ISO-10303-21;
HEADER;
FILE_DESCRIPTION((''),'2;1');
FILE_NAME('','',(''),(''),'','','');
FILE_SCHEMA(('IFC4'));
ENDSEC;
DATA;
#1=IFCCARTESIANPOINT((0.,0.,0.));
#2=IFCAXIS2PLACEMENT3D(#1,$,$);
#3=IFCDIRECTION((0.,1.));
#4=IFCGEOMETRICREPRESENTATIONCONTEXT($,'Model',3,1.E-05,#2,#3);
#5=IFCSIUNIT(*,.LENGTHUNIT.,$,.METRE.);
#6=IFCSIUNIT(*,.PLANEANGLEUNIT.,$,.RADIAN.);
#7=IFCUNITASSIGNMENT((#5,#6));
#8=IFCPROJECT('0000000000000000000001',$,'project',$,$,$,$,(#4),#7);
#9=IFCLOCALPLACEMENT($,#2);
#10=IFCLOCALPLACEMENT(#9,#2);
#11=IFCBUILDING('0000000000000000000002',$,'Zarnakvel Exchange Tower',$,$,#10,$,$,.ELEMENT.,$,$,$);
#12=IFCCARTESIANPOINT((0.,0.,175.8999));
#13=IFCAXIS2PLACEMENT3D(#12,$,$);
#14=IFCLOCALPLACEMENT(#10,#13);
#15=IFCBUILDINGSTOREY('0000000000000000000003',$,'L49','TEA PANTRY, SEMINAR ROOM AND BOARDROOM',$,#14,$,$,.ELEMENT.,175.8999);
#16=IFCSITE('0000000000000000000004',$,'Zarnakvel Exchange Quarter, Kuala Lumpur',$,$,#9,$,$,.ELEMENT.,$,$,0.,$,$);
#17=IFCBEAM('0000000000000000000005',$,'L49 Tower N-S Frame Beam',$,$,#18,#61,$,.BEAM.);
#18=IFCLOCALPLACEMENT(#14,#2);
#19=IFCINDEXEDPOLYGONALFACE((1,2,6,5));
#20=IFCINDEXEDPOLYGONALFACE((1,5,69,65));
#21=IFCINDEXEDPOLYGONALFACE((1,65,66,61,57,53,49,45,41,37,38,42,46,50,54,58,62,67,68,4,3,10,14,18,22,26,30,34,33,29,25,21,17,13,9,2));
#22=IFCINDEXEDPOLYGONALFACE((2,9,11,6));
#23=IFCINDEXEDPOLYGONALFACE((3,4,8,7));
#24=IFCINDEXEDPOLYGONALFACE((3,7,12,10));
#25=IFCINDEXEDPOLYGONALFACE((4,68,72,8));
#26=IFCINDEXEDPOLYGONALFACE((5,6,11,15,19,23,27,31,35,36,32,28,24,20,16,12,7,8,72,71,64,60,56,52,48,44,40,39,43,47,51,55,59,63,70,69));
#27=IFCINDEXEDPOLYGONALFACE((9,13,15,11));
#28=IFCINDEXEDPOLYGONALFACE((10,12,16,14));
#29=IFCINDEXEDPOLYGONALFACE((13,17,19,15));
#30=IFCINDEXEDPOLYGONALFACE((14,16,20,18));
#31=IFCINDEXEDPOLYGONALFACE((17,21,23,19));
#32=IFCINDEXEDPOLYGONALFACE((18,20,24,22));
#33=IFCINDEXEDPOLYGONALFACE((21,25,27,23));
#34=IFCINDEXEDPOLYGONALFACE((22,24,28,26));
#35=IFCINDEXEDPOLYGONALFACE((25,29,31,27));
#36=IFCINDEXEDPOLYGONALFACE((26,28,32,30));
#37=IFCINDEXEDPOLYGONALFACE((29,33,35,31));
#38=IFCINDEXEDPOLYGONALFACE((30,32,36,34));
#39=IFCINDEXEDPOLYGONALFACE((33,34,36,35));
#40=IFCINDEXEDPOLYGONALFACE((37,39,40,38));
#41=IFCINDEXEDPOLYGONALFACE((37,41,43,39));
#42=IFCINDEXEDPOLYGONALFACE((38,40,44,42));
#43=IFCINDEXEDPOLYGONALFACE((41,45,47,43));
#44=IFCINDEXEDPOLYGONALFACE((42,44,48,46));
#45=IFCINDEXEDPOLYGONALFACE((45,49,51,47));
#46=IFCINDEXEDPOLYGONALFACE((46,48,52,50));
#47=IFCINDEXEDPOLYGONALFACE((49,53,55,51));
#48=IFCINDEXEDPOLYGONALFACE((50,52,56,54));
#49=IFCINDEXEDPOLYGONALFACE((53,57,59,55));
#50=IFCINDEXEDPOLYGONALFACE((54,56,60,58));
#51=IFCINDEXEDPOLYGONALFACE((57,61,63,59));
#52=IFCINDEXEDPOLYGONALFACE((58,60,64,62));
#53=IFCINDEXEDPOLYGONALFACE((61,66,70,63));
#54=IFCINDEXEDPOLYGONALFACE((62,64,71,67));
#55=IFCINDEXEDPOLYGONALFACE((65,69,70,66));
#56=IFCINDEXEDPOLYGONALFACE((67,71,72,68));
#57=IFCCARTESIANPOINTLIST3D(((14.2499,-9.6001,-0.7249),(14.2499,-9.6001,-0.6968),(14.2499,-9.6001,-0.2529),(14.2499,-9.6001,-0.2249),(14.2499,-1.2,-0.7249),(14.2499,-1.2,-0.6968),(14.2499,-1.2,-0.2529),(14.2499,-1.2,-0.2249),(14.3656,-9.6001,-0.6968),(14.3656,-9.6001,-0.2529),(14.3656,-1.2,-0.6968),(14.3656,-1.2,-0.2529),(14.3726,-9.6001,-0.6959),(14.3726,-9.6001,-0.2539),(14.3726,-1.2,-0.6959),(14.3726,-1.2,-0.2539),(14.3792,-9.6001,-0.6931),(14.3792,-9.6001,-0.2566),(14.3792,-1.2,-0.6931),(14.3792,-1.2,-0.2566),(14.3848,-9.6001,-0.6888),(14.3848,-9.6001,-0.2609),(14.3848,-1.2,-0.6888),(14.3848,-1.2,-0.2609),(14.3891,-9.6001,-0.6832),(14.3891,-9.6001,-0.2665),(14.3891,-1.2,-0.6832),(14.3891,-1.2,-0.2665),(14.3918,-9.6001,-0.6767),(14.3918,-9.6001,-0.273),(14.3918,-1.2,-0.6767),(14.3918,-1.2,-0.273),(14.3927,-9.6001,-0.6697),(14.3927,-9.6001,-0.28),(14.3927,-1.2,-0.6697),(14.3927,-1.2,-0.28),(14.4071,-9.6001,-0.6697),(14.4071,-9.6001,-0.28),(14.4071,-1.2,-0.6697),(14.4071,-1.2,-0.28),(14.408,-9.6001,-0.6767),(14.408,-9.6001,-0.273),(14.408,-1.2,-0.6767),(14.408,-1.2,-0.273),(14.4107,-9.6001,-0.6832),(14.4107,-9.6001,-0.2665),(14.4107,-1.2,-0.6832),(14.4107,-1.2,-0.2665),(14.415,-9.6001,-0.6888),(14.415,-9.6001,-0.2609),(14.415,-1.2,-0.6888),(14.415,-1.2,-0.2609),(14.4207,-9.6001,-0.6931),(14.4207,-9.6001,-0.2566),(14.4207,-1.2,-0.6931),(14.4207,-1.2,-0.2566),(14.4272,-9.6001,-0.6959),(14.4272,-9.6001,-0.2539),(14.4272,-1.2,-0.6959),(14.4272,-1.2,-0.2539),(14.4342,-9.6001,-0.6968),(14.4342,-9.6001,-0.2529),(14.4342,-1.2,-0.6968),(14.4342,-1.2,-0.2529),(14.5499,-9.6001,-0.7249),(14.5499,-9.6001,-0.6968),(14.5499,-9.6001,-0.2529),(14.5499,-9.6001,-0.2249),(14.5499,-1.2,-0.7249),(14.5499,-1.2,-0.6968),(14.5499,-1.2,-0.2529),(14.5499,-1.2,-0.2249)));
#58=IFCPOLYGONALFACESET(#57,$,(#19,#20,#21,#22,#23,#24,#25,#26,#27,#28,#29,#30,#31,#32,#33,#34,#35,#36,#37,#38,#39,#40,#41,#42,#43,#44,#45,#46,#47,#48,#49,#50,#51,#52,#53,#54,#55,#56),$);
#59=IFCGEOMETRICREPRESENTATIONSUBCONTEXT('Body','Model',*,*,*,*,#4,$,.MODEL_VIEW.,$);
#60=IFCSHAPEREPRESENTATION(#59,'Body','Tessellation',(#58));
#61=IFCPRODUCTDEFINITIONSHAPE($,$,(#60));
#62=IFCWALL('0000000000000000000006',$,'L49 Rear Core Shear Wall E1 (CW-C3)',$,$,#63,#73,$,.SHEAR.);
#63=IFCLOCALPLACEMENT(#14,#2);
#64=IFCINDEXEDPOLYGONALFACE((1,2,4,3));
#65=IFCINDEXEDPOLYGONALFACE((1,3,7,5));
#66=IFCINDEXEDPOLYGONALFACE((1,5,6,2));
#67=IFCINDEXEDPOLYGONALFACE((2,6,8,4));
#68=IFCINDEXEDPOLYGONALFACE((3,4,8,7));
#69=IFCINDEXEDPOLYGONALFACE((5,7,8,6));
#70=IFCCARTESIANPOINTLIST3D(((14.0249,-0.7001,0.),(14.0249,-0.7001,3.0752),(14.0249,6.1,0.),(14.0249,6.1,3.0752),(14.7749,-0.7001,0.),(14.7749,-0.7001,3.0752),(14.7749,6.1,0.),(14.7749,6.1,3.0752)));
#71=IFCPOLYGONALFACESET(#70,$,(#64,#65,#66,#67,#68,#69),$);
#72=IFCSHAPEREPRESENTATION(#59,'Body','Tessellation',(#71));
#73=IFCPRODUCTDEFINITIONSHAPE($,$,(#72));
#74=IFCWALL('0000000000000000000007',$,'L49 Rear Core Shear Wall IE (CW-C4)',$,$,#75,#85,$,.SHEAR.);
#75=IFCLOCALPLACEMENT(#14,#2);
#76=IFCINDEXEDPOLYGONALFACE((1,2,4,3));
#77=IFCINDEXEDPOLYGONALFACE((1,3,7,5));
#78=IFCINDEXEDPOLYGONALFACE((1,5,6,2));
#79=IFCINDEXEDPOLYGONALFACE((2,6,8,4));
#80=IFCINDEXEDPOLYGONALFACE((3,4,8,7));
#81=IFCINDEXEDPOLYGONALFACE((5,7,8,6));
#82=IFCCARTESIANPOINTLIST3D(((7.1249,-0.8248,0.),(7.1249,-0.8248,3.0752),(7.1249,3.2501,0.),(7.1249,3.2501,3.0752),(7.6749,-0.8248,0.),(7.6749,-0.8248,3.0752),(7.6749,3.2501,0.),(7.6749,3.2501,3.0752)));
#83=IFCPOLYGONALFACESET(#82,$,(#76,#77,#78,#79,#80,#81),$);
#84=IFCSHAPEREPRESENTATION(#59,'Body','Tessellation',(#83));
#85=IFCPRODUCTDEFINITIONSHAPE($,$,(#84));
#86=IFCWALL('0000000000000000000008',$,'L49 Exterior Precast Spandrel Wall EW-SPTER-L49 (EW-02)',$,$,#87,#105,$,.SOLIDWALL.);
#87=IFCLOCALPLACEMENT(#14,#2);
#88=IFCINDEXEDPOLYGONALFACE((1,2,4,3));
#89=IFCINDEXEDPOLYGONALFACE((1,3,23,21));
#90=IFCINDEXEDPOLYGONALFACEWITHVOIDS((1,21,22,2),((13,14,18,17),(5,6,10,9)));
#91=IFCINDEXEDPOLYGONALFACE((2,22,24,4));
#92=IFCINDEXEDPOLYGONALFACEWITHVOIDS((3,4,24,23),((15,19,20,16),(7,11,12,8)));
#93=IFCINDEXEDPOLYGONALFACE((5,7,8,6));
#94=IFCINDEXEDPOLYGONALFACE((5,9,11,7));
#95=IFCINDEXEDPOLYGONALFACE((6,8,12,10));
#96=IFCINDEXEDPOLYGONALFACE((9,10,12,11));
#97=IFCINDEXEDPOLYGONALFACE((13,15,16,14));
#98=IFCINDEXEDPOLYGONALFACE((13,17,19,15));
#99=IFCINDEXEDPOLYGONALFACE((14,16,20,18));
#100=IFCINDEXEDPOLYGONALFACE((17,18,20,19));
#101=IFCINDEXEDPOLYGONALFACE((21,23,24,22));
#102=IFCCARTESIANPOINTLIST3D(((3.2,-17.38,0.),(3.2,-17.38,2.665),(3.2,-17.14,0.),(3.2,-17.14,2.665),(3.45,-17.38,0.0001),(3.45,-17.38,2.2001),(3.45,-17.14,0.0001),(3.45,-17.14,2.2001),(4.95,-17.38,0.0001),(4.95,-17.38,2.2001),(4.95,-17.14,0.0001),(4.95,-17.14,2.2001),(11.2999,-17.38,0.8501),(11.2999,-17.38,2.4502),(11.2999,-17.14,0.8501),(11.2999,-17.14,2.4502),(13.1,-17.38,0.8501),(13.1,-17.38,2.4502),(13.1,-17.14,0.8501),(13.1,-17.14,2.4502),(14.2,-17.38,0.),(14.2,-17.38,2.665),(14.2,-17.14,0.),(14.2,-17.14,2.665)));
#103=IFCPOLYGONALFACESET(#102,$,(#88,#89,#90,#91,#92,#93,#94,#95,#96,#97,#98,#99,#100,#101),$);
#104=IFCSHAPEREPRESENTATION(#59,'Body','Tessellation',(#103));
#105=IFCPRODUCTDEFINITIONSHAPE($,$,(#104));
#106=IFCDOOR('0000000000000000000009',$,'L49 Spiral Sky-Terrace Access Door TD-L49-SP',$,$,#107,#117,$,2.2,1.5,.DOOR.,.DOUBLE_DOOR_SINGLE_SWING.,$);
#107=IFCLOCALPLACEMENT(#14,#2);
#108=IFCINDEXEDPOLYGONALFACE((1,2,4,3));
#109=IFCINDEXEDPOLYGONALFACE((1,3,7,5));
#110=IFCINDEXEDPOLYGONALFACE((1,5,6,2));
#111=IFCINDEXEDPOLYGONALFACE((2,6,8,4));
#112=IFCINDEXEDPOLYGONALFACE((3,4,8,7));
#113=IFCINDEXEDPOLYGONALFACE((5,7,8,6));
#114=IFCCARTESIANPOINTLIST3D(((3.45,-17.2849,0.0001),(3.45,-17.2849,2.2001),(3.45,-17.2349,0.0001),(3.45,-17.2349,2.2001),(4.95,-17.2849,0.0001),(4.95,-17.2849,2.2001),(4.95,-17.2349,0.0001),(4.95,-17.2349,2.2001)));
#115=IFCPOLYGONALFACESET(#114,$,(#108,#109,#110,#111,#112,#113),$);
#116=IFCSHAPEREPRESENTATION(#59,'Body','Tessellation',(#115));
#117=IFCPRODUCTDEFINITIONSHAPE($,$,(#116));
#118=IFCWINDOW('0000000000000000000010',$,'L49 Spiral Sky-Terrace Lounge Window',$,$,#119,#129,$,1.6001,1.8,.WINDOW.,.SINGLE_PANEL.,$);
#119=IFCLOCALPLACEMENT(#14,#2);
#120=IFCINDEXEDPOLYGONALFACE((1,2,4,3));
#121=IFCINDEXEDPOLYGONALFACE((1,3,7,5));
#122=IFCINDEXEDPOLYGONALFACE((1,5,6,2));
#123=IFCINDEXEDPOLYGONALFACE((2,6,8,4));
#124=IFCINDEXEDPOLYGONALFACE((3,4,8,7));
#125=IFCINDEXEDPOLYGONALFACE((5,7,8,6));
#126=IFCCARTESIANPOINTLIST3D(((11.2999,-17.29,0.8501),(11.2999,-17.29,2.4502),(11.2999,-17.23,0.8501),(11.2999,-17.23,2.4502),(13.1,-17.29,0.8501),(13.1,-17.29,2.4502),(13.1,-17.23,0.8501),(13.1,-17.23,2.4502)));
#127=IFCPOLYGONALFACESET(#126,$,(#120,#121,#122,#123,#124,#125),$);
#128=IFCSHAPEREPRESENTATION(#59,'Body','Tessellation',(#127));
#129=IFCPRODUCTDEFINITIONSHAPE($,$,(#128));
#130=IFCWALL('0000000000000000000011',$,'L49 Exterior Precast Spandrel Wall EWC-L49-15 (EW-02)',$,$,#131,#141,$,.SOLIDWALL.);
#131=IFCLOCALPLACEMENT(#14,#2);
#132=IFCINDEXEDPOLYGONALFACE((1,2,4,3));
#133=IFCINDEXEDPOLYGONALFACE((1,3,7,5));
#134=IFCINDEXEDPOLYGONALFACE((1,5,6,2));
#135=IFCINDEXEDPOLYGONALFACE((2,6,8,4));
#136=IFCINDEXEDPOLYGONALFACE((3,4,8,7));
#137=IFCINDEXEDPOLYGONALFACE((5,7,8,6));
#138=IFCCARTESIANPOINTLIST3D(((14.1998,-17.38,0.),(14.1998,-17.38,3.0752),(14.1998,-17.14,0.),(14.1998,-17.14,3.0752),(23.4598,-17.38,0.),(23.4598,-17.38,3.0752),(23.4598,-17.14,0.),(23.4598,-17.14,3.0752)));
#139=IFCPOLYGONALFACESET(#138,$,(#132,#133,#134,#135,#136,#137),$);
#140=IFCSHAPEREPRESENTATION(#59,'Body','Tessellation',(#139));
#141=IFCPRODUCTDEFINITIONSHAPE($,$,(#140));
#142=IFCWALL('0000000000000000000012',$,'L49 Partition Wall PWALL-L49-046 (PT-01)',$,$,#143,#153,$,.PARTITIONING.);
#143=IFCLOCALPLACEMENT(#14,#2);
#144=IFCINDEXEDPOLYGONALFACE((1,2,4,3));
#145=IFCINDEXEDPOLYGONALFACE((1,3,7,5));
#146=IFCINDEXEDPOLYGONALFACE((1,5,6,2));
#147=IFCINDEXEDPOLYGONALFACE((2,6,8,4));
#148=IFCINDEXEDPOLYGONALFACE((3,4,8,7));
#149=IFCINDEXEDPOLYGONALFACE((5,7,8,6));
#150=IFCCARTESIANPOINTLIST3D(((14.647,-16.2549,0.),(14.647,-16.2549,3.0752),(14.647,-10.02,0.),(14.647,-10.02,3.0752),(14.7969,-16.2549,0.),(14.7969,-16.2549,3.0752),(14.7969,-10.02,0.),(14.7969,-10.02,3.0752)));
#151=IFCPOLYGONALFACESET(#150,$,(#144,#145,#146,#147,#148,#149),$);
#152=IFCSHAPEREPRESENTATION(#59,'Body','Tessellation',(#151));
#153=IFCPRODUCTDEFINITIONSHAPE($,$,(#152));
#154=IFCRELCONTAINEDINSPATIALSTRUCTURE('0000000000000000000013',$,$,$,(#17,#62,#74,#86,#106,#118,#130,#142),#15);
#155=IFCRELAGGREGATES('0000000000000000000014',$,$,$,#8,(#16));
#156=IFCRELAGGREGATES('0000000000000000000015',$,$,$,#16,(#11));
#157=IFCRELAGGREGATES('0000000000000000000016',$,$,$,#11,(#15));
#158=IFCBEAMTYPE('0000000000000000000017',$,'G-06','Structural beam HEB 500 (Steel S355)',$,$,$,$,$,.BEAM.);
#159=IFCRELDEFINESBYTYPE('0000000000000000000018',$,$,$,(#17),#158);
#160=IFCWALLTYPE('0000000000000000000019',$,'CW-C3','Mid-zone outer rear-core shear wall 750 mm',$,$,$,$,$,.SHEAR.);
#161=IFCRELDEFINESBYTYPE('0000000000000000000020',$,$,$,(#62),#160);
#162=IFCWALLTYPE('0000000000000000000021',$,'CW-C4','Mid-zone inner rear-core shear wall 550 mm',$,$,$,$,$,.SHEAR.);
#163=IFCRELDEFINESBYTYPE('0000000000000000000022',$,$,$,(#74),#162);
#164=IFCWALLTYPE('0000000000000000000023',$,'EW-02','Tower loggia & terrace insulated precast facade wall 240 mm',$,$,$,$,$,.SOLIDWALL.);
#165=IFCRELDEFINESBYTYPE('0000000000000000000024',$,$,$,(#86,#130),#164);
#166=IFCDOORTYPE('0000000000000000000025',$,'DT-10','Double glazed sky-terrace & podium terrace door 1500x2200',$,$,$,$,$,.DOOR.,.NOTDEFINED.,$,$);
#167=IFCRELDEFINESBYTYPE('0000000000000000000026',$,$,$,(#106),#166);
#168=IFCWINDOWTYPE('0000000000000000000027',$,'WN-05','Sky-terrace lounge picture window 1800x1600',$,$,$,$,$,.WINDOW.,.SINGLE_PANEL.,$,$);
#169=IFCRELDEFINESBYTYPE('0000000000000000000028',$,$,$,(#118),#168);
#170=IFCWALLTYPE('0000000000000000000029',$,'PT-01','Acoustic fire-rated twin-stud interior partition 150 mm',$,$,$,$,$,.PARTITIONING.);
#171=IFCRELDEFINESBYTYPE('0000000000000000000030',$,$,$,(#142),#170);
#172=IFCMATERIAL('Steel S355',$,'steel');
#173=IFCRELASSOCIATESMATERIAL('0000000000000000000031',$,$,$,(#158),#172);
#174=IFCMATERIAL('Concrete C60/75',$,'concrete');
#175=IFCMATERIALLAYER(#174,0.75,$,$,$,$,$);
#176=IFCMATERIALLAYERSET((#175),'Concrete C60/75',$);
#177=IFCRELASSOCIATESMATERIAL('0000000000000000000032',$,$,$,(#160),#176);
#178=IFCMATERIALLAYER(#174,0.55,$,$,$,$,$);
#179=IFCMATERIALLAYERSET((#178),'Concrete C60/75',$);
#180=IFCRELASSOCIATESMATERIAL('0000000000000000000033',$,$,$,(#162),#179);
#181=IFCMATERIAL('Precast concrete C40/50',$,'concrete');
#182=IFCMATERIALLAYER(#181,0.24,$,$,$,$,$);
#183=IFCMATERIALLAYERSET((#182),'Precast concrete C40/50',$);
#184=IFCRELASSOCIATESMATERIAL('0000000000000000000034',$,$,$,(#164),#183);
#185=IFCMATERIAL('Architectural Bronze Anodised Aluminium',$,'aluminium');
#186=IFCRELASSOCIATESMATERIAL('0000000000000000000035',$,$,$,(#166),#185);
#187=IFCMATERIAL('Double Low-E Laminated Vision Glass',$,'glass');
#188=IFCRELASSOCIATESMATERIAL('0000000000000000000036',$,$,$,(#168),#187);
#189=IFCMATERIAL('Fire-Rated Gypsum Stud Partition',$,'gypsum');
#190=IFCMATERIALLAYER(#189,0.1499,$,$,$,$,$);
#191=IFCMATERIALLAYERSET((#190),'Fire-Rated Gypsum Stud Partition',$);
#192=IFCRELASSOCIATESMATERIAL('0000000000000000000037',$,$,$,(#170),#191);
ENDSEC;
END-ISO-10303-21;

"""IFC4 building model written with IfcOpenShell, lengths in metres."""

from ifc_helpers import new_model, si_unit, direction, frame, frame_2d, origin, origin_2d, place, context, subcontext, project, spatial, rectangle, i_section, extrude, source, transform, mapped, material, layer, layer_set, material_profile, profile_set, type_object, element, fill, save


model = new_model("IFC4")

# Units and contexts
model_context = context("Model", 3, precision=1e-05, world=origin(), true_north=direction((0.0, 1.0)))
body_context = subcontext(model_context, "Body", "Model", "MODEL_VIEW")
ifc_project = project(units=[si_unit("LENGTHUNIT", "METRE"), si_unit("PLANEANGLEUNIT", "RADIAN")], contexts=[model_context])

# Site, building, storey
site_placement = place(None, origin())
site = spatial("IfcSite", under=ifc_project, at=site_placement, Name="Zarnakvel Exchange Quarter, Kuala Lumpur", CompositionType="ELEMENT", RefElevation=0.0)
building_placement = place(site_placement, origin())
building = spatial("IfcBuilding", under=site, at=building_placement, Name="Zarnakvel Exchange Tower", CompositionType="ELEMENT")
storey_placement = place(building_placement, frame((0.0, 0.0, 175.8999)))
storey = spatial("IfcBuildingStorey", under=building, at=storey_placement, Name="L49", Description="TEA PANTRY, SEMINAR ROOM AND BOARDROOM", CompositionType="ELEMENT", Elevation=175.8999)

# Shared definitions
ifc_material_1 = material(Name="Concrete C60/75", Category="concrete")

# Beam
ifc_material_2 = material(Name="Steel S355", Category="steel")
ifc_material_profile_1 = material_profile(ifc_material_2, i_section(OverallWidth=0.3, OverallDepth=0.5, WebThickness=0.0144, FlangeThickness=0.0281, FilletRadius=0.0271, at=origin_2d()))
ifc_profile_set_1 = profile_set([ifc_material_profile_1], Name="Steel S355")
beam_type_1 = type_object("IfcBeamType", Name="G-06", Description="Structural beam HEB 500 (Steel S355)", PredefinedType="BEAM", material=ifc_profile_set_1)
beam_1_placement = place(storey_placement, frame((14.3999, -9.6001, -0.4749), z_axis=(0.0, 1.0, 0.0), x_axis=(-1.0, 0.0, 0.0)))
element("IfcBeam", 1, at=beam_1_placement, inside=storey, type_object=beam_type_1, Name="L49 Tower N-S Frame Beam", PredefinedType="BEAM", context=body_context, shape_type="SweptSolid", body=[
    extrude(i_section(OverallWidth=0.3, OverallDepth=0.5, WebThickness=0.0144, FlangeThickness=0.0281, FilletRadius=0.0271, at=origin_2d()), origin(), (0.0, 0.0, 1.0), 8.4001),
])

# Wall
ifc_layer_1 = layer(ifc_material_1, 0.75)
ifc_layer_set_1 = layer_set([ifc_layer_1], Name="Concrete C60/75")
wall_type_1 = type_object("IfcWallType", Name="CW-C3", Description="Mid-zone outer rear-core shear wall 750 mm", PredefinedType="SHEAR", material=ifc_layer_set_1)
wall_1_placement = place(storey_placement, frame((14.3999, -0.7, 0.0), z_axis=(0.0, 0.0, 1.0), x_axis=(0.0, 1.0, 0.0)))
element("IfcWall", 2, at=wall_1_placement, inside=storey, type_object=wall_type_1, Name="L49 Rear Core Shear Wall E1 (CW-C3)", PredefinedType="SHEAR", context=body_context, shape_type="SweptSolid", body=[
    extrude(rectangle(XDim=6.8, YDim=0.75, at=frame_2d((3.3999, 0.0))), origin(), (0.0, 0.0, 1.0), 3.0752),
])

# Wall
ifc_layer_2 = layer(ifc_material_1, 0.55)
ifc_layer_set_2 = layer_set([ifc_layer_2], Name="Concrete C60/75")
wall_type_2 = type_object("IfcWallType", Name="CW-C4", Description="Mid-zone inner rear-core shear wall 550 mm", PredefinedType="SHEAR", material=ifc_layer_set_2)
wall_2_placement = place(storey_placement, frame((7.3999, -0.825, 0.0), z_axis=(0.0, 0.0, 1.0), x_axis=(0.0, 1.0, 0.0)))
element("IfcWall", 3, at=wall_2_placement, inside=storey, type_object=wall_type_2, Name="L49 Rear Core Shear Wall IE (CW-C4)", PredefinedType="SHEAR", context=body_context, shape_type="SweptSolid", body=[
    extrude(rectangle(XDim=4.075, YDim=0.55, at=frame_2d((2.0376, 0.0))), origin(), (0.0, 0.0, 1.0), 3.0752),
])

# Wall, openings, door, window
ifc_material_3 = material(Name="Precast concrete C40/50", Category="concrete")
ifc_layer_3 = layer(ifc_material_3, 0.24)
ifc_layer_set_3 = layer_set([ifc_layer_3], Name="Precast concrete C40/50")
wall_type_3 = type_object("IfcWallType", Name="EW-02", Description="Tower loggia & terrace insulated precast facade wall 240 mm", PredefinedType="SOLIDWALL", material=ifc_layer_set_3)
wall_3_placement = place(storey_placement, frame((14.2, -17.26, 0.0), z_axis=(0.0, 0.0, 1.0), x_axis=(-1.0, 0.0, 0.0)))
wall_3 = element("IfcWall", 4, at=wall_3_placement, inside=storey, type_object=wall_type_3, Name="L49 Exterior Precast Spandrel Wall EW-SPTER-L49 (EW-02)", PredefinedType="SOLIDWALL", context=body_context, shape_type="SweptSolid", body=[
    extrude(rectangle(XDim=11.0, YDim=0.24, at=frame_2d((5.5, 0.0))), origin(), (0.0, 0.0, 1.0), 2.665),
])
opening_1_placement = place(wall_3_placement, frame((9.25, 0.0, 0.0)))
opening_1 = element("IfcOpeningElement", 5, at=opening_1_placement, cuts=wall_3, PredefinedType="OPENING", context=body_context, shape_type="SweptSolid", body=[
    extrude(rectangle(XDim=1.5, YDim=2.2, at=frame_2d((0.75, 1.1001))), frame((0.0, 0.1299, 0.0), z_axis=(0.0, -1.0, 0.0), x_axis=(1.0, 0.0, 0.0)), (0.0, 0.0, 1.0), 0.26),
])
opening_2_placement = place(wall_3_placement, frame((1.1001, 0.0, 0.8501)))
opening_2 = element("IfcOpeningElement", 6, at=opening_2_placement, cuts=wall_3, PredefinedType="OPENING", context=body_context, shape_type="SweptSolid", body=[
    extrude(rectangle(XDim=1.8, YDim=1.6001, at=frame_2d((0.8999, 0.8))), frame((0.0, 0.1299, 0.0), z_axis=(0.0, -1.0, 0.0), x_axis=(1.0, 0.0, 0.0)), (0.0, 0.0, 1.0), 0.26),
])
ifc_material_4 = material(Name="Architectural Bronze Anodised Aluminium", Category="aluminium")
door_type_1 = type_object("IfcDoorType", Name="DT-10", Description="Double glazed sky-terrace & podium terrace door 1500x2200", OperationType="NOTDEFINED", PredefinedType="DOOR", material=ifc_material_4)
shared_shape_1 = source(origin(), body_context, "Body", "SweptSolid", [
    extrude(rectangle(XDim=1.5, YDim=2.2, at=frame_2d((0.75, 1.1001))), frame((0.0, 0.0249, 0.0), z_axis=(0.0, -1.0, 0.0), x_axis=(1.0, 0.0, 0.0)), (0.0, 0.0, 1.0), 0.05),
])
door_1_placement = place(opening_1_placement, origin())
door_1 = element("IfcDoor", 7, at=door_1_placement, inside=storey, type_object=door_type_1, Name="L49 Spiral Sky-Terrace Access Door TD-L49-SP", OperationType="DOUBLE_DOOR_SINGLE_SWING", OverallHeight=2.2, OverallWidth=1.5, PredefinedType="DOOR", context=body_context, shape_type="MappedRepresentation", body=[
    mapped(shared_shape_1, transform((0.0, 0.0, 0.0), x_axis=(1.0, 0.0, 0.0), y_axis=(0.0, 1.0, 0.0), z_axis=(0.0, 0.0, 1.0), scale=1.0)),
])
fill(opening_1, door_1)
ifc_material_5 = material(Name="Double Low-E Laminated Vision Glass", Category="glass")
window_type = type_object("IfcWindowType", Name="WN-05", Description="Sky-terrace lounge picture window 1800x1600", PartitioningType="SINGLE_PANEL", PredefinedType="WINDOW", material=ifc_material_5)
shared_shape_2 = source(origin(), body_context, "Body", "SweptSolid", [
    extrude(rectangle(XDim=1.8, YDim=1.6001, at=frame_2d((0.8999, 0.8))), frame((0.0, 0.03, 0.0), z_axis=(0.0, -1.0, 0.0), x_axis=(1.0, 0.0, 0.0)), (0.0, 0.0, 1.0), 0.0601),
])
window_placement = place(opening_2_placement, origin())
window = element("IfcWindow", 8, at=window_placement, inside=storey, type_object=window_type, Name="L49 Spiral Sky-Terrace Lounge Window", OverallHeight=1.6001, OverallWidth=1.8, PartitioningType="SINGLE_PANEL", PredefinedType="WINDOW", context=body_context, shape_type="MappedRepresentation", body=[
    mapped(shared_shape_2, transform((0.0, 0.0, 0.0), x_axis=(1.0, 0.0, 0.0), y_axis=(0.0, 1.0, 0.0), z_axis=(0.0, 0.0, 1.0), scale=1.0)),
])
fill(opening_2, window)

# Walls
wall_4_placement = place(storey_placement, frame((14.2, -17.26, 0.0), z_axis=(0.0, 0.0, 1.0), x_axis=(1.0, 0.0, 0.0)))
element("IfcWall", 9, at=wall_4_placement, inside=storey, type_object=wall_type_3, Name="L49 Exterior Precast Spandrel Wall EWC-L49-15 (EW-02)", PredefinedType="SOLIDWALL", context=body_context, shape_type="SweptSolid", body=[
    extrude(rectangle(XDim=9.26, YDim=0.24, at=frame_2d((4.6299, 0.0))), origin(), (0.0, 0.0, 1.0), 3.0752),
])
ifc_material_6 = material(Name="Fire-Rated Gypsum Stud Partition", Category="gypsum")
ifc_layer_4 = layer(ifc_material_6, 0.1499)
ifc_layer_set_4 = layer_set([ifc_layer_4], Name="Fire-Rated Gypsum Stud Partition")
wall_type_4 = type_object("IfcWallType", Name="PT-01", Description="Acoustic fire-rated twin-stud interior partition 150 mm", PredefinedType="PARTITIONING", material=ifc_layer_set_4)
wall_5_placement = place(storey_placement, frame((14.7219, -10.02, 0.0), z_axis=(0.0, 0.0, 1.0), x_axis=(0.0, -1.0, 0.0)))
element("IfcWall", 10, at=wall_5_placement, inside=storey, type_object=wall_type_4, Name="L49 Partition Wall PWALL-L49-046 (PT-01)", PredefinedType="PARTITIONING", context=body_context, shape_type="SweptSolid", body=[
    extrude(rectangle(XDim=6.2349, YDim=0.1499, at=frame_2d((3.1174, 0.0))), origin(), (0.0, 0.0, 1.0), 3.0752),
])

save(model, "model.ifc")
